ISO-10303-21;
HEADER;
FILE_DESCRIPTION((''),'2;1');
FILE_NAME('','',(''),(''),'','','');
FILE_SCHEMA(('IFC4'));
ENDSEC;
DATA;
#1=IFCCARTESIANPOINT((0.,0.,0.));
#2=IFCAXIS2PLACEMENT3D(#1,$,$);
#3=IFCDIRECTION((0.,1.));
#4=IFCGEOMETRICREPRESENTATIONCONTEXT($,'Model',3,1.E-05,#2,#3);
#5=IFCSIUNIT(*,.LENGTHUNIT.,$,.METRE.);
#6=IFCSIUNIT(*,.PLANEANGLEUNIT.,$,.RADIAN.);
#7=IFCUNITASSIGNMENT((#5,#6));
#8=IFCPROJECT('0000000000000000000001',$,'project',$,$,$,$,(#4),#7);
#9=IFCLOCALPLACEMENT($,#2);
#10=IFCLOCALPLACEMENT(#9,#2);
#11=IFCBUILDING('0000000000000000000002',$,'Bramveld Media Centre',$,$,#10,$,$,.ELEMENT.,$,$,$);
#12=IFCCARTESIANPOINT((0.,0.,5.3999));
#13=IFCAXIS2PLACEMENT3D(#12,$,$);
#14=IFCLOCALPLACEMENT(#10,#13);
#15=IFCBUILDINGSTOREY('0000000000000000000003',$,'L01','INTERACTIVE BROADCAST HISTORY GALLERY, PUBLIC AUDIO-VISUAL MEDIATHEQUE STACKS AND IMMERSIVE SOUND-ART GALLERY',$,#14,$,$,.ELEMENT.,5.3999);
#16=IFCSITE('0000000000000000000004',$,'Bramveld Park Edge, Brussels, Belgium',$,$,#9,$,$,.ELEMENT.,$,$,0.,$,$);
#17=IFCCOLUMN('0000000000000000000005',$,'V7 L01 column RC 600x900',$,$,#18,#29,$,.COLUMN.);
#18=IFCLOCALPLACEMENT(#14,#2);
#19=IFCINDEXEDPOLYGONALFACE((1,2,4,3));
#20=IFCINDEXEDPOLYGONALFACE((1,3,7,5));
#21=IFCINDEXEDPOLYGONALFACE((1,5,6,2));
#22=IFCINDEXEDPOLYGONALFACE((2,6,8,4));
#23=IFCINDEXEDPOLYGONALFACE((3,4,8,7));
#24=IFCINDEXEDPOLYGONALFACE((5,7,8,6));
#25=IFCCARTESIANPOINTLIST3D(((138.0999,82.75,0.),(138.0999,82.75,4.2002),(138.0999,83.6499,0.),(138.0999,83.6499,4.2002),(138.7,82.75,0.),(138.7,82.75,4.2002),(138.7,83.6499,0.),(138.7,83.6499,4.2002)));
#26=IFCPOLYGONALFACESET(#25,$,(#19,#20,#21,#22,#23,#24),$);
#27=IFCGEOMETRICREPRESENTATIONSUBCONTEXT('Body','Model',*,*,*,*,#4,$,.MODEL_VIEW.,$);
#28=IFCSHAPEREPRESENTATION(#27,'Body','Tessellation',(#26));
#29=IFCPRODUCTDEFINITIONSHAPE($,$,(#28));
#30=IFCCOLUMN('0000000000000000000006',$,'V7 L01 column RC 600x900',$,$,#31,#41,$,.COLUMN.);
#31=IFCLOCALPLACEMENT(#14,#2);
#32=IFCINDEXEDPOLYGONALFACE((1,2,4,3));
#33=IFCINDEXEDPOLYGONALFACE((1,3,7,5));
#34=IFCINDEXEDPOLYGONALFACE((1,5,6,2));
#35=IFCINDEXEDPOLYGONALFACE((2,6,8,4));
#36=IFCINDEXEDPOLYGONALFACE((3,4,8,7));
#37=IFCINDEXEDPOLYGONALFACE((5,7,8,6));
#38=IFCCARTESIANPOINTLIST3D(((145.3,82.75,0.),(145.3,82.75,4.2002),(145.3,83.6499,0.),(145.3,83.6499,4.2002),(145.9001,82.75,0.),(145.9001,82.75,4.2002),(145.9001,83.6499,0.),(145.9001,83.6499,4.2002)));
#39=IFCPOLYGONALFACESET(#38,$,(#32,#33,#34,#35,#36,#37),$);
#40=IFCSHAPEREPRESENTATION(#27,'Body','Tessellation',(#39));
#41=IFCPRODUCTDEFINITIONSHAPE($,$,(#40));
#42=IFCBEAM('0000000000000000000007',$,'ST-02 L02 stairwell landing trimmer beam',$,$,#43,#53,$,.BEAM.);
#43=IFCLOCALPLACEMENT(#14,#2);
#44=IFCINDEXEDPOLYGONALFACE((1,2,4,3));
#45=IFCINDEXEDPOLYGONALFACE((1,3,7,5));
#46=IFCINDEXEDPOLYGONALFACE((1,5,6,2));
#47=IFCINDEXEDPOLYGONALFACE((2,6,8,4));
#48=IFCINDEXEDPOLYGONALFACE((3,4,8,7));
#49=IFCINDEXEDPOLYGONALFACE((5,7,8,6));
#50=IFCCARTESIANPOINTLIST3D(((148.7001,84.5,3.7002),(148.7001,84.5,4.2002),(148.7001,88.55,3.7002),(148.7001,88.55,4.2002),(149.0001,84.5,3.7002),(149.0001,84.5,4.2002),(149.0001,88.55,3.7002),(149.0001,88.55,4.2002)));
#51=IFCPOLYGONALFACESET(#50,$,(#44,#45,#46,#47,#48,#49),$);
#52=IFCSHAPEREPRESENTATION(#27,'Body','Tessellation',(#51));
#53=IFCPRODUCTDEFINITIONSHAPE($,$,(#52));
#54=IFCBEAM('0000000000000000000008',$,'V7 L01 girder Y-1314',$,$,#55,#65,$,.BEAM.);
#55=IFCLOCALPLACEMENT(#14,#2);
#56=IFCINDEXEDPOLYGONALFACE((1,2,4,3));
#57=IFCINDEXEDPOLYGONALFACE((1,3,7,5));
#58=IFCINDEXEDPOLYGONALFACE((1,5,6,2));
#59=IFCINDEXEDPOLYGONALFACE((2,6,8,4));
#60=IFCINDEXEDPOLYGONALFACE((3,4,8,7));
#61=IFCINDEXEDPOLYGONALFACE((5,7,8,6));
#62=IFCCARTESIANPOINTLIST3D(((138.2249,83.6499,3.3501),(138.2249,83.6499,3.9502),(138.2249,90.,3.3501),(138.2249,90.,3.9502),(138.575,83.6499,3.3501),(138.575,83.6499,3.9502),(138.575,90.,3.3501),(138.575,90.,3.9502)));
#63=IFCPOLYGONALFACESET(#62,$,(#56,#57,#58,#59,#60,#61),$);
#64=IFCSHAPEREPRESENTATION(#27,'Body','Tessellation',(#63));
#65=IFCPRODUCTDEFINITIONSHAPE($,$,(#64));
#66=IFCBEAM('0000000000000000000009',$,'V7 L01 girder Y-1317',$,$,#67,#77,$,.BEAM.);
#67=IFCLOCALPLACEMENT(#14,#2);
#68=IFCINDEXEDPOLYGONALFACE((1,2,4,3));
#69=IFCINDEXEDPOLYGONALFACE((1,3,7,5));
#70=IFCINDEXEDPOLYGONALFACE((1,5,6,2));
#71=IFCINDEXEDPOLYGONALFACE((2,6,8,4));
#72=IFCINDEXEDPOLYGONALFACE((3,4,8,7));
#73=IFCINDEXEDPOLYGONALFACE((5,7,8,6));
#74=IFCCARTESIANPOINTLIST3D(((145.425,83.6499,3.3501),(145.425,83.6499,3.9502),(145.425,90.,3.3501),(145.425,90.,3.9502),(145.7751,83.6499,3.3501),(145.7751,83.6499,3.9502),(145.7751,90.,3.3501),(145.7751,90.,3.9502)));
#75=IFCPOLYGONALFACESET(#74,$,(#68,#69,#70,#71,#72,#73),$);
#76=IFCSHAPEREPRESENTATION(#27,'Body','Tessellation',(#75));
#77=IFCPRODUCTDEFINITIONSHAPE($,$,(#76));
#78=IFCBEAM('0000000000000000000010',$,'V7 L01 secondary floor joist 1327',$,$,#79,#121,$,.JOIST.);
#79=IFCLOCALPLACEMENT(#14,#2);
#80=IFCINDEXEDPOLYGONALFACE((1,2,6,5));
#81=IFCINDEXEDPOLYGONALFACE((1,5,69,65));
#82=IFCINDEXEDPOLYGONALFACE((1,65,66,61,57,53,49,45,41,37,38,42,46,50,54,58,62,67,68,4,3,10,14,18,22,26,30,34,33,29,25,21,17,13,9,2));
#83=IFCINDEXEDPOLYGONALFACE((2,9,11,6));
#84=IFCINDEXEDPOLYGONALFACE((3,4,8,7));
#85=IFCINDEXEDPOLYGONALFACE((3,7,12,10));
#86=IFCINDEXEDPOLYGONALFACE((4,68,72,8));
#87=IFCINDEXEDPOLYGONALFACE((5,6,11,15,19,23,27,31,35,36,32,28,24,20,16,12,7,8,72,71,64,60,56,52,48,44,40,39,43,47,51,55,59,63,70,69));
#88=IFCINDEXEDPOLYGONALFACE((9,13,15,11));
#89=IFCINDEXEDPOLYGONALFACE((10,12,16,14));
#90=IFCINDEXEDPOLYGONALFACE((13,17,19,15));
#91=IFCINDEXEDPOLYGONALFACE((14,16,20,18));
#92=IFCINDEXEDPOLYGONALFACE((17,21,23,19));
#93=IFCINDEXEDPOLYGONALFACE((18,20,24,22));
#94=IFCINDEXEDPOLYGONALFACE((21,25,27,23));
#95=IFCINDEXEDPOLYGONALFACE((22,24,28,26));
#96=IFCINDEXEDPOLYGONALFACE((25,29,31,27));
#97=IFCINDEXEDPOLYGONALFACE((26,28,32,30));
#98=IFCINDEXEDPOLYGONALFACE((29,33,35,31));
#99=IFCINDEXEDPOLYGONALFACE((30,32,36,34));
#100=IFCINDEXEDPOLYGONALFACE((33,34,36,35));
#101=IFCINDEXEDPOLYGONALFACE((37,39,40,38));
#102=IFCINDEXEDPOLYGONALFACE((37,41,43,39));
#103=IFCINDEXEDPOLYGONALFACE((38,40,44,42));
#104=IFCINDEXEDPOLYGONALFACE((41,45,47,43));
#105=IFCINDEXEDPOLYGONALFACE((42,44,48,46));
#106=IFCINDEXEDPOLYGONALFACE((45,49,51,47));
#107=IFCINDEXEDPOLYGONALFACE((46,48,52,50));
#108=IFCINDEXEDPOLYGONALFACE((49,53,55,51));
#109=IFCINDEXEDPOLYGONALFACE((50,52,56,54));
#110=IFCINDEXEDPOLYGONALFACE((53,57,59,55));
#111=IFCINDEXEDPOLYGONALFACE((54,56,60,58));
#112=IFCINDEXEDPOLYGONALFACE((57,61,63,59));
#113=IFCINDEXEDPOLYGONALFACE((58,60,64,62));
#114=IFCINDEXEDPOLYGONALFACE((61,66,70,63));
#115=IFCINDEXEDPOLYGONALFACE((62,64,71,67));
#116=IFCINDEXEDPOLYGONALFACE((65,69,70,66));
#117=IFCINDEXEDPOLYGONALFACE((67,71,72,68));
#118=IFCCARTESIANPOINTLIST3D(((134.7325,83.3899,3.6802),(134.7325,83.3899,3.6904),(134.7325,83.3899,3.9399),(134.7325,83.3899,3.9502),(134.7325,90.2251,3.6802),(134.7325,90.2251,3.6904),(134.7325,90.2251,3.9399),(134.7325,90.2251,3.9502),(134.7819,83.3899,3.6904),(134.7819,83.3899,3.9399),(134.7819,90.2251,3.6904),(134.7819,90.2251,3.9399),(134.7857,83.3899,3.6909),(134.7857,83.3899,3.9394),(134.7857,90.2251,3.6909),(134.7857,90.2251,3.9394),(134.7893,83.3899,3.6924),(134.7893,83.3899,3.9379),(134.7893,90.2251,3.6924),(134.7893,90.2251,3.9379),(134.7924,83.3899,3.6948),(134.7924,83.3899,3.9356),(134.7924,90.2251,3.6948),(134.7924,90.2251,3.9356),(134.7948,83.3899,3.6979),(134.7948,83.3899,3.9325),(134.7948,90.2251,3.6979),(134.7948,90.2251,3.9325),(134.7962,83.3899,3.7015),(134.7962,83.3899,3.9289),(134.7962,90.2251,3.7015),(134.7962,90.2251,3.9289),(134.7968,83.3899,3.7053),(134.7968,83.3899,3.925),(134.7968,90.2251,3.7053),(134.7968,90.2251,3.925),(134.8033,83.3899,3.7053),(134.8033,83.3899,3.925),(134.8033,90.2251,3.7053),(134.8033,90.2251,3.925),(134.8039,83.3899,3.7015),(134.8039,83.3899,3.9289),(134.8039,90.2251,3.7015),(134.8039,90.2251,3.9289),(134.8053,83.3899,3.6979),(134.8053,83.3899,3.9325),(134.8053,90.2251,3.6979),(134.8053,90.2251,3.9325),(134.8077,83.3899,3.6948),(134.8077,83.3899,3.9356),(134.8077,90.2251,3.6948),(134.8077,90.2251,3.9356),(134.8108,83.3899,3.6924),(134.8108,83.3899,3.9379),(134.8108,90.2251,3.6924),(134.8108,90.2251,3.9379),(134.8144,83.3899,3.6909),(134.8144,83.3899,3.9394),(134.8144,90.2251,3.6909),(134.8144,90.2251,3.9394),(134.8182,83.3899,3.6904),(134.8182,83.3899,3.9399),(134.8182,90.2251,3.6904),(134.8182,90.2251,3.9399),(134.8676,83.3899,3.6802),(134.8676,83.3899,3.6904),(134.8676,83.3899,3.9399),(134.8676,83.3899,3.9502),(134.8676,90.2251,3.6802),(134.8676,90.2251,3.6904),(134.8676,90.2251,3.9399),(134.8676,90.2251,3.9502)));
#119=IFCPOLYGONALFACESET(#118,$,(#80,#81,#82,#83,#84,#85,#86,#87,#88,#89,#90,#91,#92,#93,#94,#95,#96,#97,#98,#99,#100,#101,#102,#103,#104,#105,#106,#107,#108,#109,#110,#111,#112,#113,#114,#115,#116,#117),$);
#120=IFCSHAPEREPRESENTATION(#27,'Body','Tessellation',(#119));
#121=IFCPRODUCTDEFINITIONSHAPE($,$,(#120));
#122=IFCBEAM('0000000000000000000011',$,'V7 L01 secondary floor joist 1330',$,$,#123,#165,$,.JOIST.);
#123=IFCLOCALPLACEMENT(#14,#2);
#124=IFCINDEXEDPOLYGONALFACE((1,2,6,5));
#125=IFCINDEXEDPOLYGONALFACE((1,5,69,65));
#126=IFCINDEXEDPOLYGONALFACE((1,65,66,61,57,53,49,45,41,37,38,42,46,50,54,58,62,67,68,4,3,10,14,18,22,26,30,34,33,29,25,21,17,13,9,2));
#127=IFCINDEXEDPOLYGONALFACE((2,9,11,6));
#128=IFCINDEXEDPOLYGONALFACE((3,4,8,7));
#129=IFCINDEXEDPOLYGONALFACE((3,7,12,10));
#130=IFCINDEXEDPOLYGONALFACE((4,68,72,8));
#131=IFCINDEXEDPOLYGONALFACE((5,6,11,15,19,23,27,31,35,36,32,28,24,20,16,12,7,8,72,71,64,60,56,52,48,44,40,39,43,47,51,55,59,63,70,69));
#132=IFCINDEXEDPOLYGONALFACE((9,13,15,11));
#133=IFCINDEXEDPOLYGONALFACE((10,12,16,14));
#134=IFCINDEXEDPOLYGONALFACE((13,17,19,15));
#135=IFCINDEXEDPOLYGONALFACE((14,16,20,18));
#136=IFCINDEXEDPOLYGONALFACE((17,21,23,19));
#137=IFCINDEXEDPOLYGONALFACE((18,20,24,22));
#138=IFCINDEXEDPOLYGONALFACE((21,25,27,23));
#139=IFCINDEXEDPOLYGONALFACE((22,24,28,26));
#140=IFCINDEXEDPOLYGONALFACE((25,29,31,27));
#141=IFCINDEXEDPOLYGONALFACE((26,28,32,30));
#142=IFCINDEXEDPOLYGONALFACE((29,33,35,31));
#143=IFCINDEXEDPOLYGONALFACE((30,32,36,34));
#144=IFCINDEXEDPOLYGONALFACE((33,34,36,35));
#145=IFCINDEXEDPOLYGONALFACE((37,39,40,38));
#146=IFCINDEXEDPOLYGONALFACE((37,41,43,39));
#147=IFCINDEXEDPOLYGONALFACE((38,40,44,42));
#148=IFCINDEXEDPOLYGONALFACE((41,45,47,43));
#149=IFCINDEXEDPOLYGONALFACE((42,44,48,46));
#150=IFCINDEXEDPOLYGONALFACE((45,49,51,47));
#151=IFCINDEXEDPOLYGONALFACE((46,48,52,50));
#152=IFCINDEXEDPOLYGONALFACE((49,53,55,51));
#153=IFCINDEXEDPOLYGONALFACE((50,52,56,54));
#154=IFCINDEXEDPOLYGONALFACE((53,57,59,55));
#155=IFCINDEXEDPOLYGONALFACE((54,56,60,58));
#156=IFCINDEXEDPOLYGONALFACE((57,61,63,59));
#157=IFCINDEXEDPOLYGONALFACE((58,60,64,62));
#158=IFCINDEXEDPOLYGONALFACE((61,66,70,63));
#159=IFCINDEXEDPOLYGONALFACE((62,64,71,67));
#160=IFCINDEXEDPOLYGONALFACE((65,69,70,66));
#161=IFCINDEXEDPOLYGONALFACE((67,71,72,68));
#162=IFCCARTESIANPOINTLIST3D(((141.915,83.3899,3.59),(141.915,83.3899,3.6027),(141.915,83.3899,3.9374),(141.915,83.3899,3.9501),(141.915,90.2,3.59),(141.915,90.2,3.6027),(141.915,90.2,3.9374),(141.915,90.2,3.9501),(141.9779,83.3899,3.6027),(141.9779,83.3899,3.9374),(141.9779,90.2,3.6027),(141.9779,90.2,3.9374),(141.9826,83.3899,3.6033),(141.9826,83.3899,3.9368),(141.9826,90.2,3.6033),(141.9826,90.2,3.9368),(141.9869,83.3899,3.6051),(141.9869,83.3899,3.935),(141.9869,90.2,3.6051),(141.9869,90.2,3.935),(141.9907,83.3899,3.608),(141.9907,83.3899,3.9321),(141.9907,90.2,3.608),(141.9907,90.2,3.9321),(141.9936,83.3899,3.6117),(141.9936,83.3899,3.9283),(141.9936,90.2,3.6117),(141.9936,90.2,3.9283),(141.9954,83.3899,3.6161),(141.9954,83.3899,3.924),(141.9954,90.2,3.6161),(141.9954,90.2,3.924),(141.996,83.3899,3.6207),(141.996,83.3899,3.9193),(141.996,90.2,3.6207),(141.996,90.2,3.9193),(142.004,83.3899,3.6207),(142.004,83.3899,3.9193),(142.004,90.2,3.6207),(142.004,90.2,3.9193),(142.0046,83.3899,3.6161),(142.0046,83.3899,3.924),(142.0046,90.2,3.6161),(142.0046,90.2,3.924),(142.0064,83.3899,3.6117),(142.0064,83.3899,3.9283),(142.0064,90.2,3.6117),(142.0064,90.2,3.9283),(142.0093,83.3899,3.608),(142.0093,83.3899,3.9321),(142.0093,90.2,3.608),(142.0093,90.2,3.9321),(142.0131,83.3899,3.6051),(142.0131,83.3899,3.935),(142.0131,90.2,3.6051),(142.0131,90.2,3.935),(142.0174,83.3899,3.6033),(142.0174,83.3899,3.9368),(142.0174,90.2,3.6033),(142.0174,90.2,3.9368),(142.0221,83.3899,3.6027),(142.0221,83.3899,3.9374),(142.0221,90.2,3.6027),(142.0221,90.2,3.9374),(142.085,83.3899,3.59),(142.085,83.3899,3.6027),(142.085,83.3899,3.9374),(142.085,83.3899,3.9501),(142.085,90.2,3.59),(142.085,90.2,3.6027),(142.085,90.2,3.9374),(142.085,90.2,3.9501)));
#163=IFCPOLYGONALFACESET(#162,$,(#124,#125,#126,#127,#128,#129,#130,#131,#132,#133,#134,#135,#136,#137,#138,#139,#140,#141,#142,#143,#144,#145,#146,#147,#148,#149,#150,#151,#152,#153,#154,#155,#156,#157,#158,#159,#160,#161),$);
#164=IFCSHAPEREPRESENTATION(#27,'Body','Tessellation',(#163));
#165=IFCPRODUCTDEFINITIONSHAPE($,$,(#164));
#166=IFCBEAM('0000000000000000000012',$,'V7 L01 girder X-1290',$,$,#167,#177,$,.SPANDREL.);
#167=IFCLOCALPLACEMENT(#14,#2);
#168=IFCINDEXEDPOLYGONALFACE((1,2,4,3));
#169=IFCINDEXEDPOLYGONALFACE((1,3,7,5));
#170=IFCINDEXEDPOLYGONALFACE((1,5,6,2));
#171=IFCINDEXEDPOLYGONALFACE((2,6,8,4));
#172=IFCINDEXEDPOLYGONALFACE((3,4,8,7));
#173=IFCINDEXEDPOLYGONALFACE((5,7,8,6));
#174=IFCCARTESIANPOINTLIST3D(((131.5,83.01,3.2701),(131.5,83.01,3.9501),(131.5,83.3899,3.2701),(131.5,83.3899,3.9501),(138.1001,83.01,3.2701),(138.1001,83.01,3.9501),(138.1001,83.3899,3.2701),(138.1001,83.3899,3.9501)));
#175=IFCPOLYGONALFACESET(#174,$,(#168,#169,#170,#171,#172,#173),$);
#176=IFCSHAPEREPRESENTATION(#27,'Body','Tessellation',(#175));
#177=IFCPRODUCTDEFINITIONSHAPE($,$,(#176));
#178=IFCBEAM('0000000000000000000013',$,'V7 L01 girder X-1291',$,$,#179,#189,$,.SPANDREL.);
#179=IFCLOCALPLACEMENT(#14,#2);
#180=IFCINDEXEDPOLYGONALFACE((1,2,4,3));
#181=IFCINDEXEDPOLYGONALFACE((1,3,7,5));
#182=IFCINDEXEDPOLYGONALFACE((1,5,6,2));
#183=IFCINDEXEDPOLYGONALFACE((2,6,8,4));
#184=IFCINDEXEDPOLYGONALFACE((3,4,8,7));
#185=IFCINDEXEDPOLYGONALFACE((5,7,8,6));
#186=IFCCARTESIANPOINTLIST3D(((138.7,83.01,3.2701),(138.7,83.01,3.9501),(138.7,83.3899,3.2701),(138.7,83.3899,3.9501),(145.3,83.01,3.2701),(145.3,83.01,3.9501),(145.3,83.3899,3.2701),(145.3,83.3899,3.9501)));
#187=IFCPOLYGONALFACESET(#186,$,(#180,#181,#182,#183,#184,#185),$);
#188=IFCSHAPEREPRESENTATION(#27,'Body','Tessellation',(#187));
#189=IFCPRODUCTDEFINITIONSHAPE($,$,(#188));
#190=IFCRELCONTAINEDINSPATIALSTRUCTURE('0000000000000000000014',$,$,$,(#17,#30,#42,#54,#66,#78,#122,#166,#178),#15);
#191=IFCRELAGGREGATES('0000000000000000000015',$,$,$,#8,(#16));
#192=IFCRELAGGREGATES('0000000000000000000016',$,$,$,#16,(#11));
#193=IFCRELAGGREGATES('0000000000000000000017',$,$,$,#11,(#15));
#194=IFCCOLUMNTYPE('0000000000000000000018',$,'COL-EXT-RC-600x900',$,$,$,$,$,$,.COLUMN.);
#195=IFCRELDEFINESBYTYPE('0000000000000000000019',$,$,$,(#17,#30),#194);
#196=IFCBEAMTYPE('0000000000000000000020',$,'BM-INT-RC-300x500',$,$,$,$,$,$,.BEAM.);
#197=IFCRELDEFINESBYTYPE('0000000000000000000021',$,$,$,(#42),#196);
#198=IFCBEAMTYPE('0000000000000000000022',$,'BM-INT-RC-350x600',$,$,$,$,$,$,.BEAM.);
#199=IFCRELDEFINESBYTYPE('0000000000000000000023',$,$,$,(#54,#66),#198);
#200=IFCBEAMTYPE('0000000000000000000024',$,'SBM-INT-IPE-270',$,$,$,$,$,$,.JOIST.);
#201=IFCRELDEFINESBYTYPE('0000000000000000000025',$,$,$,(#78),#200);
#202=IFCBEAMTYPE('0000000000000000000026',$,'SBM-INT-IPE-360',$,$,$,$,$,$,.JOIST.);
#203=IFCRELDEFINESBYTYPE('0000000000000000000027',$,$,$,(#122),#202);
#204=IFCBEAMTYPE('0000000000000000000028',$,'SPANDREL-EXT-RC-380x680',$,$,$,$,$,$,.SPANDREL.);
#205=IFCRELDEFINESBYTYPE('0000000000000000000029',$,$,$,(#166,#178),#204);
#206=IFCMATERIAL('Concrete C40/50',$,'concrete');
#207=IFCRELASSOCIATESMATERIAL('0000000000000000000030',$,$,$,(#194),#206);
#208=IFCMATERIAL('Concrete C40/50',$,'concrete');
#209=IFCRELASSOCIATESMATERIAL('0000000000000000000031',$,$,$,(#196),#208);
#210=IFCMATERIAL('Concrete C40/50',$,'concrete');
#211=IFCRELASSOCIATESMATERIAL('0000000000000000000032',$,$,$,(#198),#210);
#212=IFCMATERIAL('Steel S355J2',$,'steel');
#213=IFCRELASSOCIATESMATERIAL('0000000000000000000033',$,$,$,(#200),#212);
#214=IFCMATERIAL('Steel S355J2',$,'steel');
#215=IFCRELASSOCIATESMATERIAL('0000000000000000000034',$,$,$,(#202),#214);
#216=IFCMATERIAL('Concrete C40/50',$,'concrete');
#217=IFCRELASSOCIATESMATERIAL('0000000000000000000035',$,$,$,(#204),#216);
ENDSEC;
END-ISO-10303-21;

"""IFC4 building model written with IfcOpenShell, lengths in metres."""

from ifc_helpers import new_model, si_unit, direction, frame, origin, origin_2d, place, context, subcontext, project, spatial, rectangle, i_section, extrude, material, material_profile, profile_set, type_object, element, save


model = new_model("IFC4")

# Units and contexts
model_context = context("Model", 3, precision=1e-05, world=origin(), true_north=direction((0.0, 1.0)))
body_context = subcontext(model_context, "Body", "Model", "MODEL_VIEW")
ifc_project = project(units=[si_unit("LENGTHUNIT", "METRE"), si_unit("PLANEANGLEUNIT", "RADIAN")], contexts=[model_context])

# Site, building, storey
site_placement = place(None, origin())
site = spatial("IfcSite", under=ifc_project, at=site_placement, Name="Bramveld Park Edge, Brussels, Belgium", CompositionType="ELEMENT", RefElevation=0.0)
building_placement = place(site_placement, origin())
building = spatial("IfcBuilding", under=site, at=building_placement, Name="Bramveld Media Centre", CompositionType="ELEMENT")
storey_placement = place(building_placement, frame((0.0, 0.0, 5.3999)))
storey = spatial("IfcBuildingStorey", under=building, at=storey_placement, Name="L01", Description="INTERACTIVE BROADCAST HISTORY GALLERY, PUBLIC AUDIO-VISUAL MEDIATHEQUE STACKS AND IMMERSIVE SOUND-ART GALLERY", CompositionType="ELEMENT", Elevation=5.3999)

# Columns
ifc_material_1 = material(Name="Concrete C40/50", Category="concrete")
ifc_material_profile_1 = material_profile(ifc_material_1, rectangle(XDim=0.6001, YDim=0.8999, at=origin_2d()), Name="RC 600x900")
ifc_profile_set_1 = profile_set([ifc_material_profile_1], Name="Concrete C40/50")
column_type = type_object("IfcColumnType", Name="COL-EXT-RC-600x900", PredefinedType="COLUMN", material=ifc_profile_set_1)
for number, where, z_axis, x_axis, name in (
    (1, (138.3999, 83.2, 0.0), (0.0, 0.0, 1.0), (1.0, 0.0, 0.0), "V7 L01 column RC 600x900"),
    (2, (145.6001, 83.2, 0.0), (0.0, 0.0, 1.0), (1.0, 0.0, 0.0), "V7 L01 column RC 600x900"),
):
    element("IfcColumn", number, at=place(storey_placement, frame(where, z_axis=z_axis, x_axis=x_axis)), inside=storey, type_object=column_type, Name=name, PredefinedType="COLUMN", context=body_context, shape_type="SweptSolid", body=[
        extrude(rectangle(XDim=0.6001, YDim=0.8999, at=origin_2d()), origin(), (0.0, 0.0, 1.0), 4.2002),
    ])

# Beams
ifc_material_2 = material(Name="Concrete C40/50", Category="concrete")
ifc_material_profile_2 = material_profile(ifc_material_2, rectangle(XDim=0.3, YDim=0.5, at=origin_2d()), Name="RC 300x500")
ifc_profile_set_2 = profile_set([ifc_material_profile_2], Name="Concrete C40/50")
beam_type_1 = type_object("IfcBeamType", Name="BM-INT-RC-300x500", PredefinedType="BEAM", material=ifc_profile_set_2)
beam_1_placement = place(storey_placement, frame((148.8501, 84.5, 3.9502), z_axis=(0.0, 1.0, 0.0), x_axis=(-1.0, 0.0, 0.0)))
element("IfcBeam", 3, at=beam_1_placement, inside=storey, type_object=beam_type_1, Name="ST-02 L02 stairwell landing trimmer beam", PredefinedType="BEAM", context=body_context, shape_type="SweptSolid", body=[
    extrude(rectangle(XDim=0.3, YDim=0.5, at=origin_2d()), origin(), (0.0, 0.0, 1.0), 4.05),
])
ifc_material_3 = material(Name="Concrete C40/50", Category="concrete")
ifc_material_profile_3 = material_profile(ifc_material_3, rectangle(XDim=0.3501, YDim=0.6001, at=origin_2d()), Name="RC 350x600")
ifc_profile_set_3 = profile_set([ifc_material_profile_3], Name="Concrete C40/50")
beam_type_2 = type_object("IfcBeamType", Name="BM-INT-RC-350x600", PredefinedType="BEAM", material=ifc_profile_set_3)
for number, where, z_axis, x_axis, name in (
    (4, (138.3999, 83.6499, 3.6501), (0.0, 1.0, 0.0), (-1.0, 0.0, 0.0), "V7 L01 girder Y-1314"),
    (5, (145.6001, 83.6499, 3.6501), (0.0, 1.0, 0.0), (-1.0, 0.0, 0.0), "V7 L01 girder Y-1317"),
):
    element("IfcBeam", number, at=place(storey_placement, frame(where, z_axis=z_axis, x_axis=x_axis)), inside=storey, type_object=beam_type_2, Name=name, PredefinedType="BEAM", context=body_context, shape_type="SweptSolid", body=[
        extrude(rectangle(XDim=0.3501, YDim=0.6001, at=origin_2d()), origin(), (0.0, 0.0, 1.0), 6.3501),
    ])
ifc_material_4 = material(Name="Steel S355J2", Category="steel")
ifc_material_profile_4 = material_profile(ifc_material_4, i_section(OverallWidth=0.135, OverallDepth=0.27, WebThickness=0.0066, FlangeThickness=0.0103, FilletRadius=0.0149, at=origin_2d()), Name="IPE 270")
ifc_profile_set_4 = profile_set([ifc_material_profile_4], Name="Steel S355J2")
beam_type_3 = type_object("IfcBeamType", Name="SBM-INT-IPE-270", PredefinedType="JOIST", material=ifc_profile_set_4)
beam_2_placement = place(storey_placement, frame((134.8, 83.3899, 3.8152), z_axis=(0.0, 1.0, 0.0), x_axis=(-1.0, 0.0, 0.0)))
element("IfcBeam", 6, at=beam_2_placement, inside=storey, type_object=beam_type_3, Name="V7 L01 secondary floor joist 1327", PredefinedType="JOIST", context=body_context, shape_type="SweptSolid", body=[
    extrude(i_section(OverallWidth=0.135, OverallDepth=0.27, WebThickness=0.0066, FlangeThickness=0.0103, FilletRadius=0.0149, at=origin_2d()), origin(), (0.0, 0.0, 1.0), 6.8352),
])
ifc_material_5 = material(Name="Steel S355J2", Category="steel")
ifc_material_profile_5 = material_profile(ifc_material_5, i_section(OverallWidth=0.1699, OverallDepth=0.3601, WebThickness=0.0081, FlangeThickness=0.0127, FilletRadius=0.0181, at=origin_2d()), Name="IPE 360")
ifc_profile_set_5 = profile_set([ifc_material_profile_5], Name="Steel S355J2")
beam_type_4 = type_object("IfcBeamType", Name="SBM-INT-IPE-360", PredefinedType="JOIST", material=ifc_profile_set_5)
beam_3_placement = place(storey_placement, frame((142.0, 83.3899, 3.77), z_axis=(0.0, 1.0, 0.0), x_axis=(-1.0, 0.0, 0.0)))
element("IfcBeam", 7, at=beam_3_placement, inside=storey, type_object=beam_type_4, Name="V7 L01 secondary floor joist 1330", PredefinedType="JOIST", context=body_context, shape_type="SweptSolid", body=[
    extrude(i_section(OverallWidth=0.1699, OverallDepth=0.3601, WebThickness=0.0081, FlangeThickness=0.0127, FilletRadius=0.0181, at=origin_2d()), origin(), (0.0, 0.0, 1.0), 6.8101),
])
ifc_material_6 = material(Name="Concrete C40/50", Category="concrete")
ifc_material_profile_6 = material_profile(ifc_material_6, rectangle(XDim=0.3799, YDim=0.6799, at=origin_2d()), Name="RC 380x680")
ifc_profile_set_6 = profile_set([ifc_material_profile_6], Name="Concrete C40/50")
beam_type_5 = type_object("IfcBeamType", Name="SPANDREL-EXT-RC-380x680", PredefinedType="SPANDREL", material=ifc_profile_set_6)
for number, where, z_axis, x_axis, name in (
    (8, (131.5, 83.2, 3.6101), (1.0, 0.0, 0.0), (0.0, 1.0, 0.0), "V7 L01 girder X-1290"),
    (9, (138.7, 83.2, 3.6101), (1.0, 0.0, 0.0), (0.0, 1.0, 0.0), "V7 L01 girder X-1291"),
):
    element("IfcBeam", number, at=place(storey_placement, frame(where, z_axis=z_axis, x_axis=x_axis)), inside=storey, type_object=beam_type_5, Name=name, PredefinedType="SPANDREL", context=body_context, shape_type="SweptSolid", body=[
        extrude(rectangle(XDim=0.3799, YDim=0.6799, at=origin_2d()), origin(), (0.0, 0.0, 1.0), 6.6001),
    ])

save(model, "model.ifc")
